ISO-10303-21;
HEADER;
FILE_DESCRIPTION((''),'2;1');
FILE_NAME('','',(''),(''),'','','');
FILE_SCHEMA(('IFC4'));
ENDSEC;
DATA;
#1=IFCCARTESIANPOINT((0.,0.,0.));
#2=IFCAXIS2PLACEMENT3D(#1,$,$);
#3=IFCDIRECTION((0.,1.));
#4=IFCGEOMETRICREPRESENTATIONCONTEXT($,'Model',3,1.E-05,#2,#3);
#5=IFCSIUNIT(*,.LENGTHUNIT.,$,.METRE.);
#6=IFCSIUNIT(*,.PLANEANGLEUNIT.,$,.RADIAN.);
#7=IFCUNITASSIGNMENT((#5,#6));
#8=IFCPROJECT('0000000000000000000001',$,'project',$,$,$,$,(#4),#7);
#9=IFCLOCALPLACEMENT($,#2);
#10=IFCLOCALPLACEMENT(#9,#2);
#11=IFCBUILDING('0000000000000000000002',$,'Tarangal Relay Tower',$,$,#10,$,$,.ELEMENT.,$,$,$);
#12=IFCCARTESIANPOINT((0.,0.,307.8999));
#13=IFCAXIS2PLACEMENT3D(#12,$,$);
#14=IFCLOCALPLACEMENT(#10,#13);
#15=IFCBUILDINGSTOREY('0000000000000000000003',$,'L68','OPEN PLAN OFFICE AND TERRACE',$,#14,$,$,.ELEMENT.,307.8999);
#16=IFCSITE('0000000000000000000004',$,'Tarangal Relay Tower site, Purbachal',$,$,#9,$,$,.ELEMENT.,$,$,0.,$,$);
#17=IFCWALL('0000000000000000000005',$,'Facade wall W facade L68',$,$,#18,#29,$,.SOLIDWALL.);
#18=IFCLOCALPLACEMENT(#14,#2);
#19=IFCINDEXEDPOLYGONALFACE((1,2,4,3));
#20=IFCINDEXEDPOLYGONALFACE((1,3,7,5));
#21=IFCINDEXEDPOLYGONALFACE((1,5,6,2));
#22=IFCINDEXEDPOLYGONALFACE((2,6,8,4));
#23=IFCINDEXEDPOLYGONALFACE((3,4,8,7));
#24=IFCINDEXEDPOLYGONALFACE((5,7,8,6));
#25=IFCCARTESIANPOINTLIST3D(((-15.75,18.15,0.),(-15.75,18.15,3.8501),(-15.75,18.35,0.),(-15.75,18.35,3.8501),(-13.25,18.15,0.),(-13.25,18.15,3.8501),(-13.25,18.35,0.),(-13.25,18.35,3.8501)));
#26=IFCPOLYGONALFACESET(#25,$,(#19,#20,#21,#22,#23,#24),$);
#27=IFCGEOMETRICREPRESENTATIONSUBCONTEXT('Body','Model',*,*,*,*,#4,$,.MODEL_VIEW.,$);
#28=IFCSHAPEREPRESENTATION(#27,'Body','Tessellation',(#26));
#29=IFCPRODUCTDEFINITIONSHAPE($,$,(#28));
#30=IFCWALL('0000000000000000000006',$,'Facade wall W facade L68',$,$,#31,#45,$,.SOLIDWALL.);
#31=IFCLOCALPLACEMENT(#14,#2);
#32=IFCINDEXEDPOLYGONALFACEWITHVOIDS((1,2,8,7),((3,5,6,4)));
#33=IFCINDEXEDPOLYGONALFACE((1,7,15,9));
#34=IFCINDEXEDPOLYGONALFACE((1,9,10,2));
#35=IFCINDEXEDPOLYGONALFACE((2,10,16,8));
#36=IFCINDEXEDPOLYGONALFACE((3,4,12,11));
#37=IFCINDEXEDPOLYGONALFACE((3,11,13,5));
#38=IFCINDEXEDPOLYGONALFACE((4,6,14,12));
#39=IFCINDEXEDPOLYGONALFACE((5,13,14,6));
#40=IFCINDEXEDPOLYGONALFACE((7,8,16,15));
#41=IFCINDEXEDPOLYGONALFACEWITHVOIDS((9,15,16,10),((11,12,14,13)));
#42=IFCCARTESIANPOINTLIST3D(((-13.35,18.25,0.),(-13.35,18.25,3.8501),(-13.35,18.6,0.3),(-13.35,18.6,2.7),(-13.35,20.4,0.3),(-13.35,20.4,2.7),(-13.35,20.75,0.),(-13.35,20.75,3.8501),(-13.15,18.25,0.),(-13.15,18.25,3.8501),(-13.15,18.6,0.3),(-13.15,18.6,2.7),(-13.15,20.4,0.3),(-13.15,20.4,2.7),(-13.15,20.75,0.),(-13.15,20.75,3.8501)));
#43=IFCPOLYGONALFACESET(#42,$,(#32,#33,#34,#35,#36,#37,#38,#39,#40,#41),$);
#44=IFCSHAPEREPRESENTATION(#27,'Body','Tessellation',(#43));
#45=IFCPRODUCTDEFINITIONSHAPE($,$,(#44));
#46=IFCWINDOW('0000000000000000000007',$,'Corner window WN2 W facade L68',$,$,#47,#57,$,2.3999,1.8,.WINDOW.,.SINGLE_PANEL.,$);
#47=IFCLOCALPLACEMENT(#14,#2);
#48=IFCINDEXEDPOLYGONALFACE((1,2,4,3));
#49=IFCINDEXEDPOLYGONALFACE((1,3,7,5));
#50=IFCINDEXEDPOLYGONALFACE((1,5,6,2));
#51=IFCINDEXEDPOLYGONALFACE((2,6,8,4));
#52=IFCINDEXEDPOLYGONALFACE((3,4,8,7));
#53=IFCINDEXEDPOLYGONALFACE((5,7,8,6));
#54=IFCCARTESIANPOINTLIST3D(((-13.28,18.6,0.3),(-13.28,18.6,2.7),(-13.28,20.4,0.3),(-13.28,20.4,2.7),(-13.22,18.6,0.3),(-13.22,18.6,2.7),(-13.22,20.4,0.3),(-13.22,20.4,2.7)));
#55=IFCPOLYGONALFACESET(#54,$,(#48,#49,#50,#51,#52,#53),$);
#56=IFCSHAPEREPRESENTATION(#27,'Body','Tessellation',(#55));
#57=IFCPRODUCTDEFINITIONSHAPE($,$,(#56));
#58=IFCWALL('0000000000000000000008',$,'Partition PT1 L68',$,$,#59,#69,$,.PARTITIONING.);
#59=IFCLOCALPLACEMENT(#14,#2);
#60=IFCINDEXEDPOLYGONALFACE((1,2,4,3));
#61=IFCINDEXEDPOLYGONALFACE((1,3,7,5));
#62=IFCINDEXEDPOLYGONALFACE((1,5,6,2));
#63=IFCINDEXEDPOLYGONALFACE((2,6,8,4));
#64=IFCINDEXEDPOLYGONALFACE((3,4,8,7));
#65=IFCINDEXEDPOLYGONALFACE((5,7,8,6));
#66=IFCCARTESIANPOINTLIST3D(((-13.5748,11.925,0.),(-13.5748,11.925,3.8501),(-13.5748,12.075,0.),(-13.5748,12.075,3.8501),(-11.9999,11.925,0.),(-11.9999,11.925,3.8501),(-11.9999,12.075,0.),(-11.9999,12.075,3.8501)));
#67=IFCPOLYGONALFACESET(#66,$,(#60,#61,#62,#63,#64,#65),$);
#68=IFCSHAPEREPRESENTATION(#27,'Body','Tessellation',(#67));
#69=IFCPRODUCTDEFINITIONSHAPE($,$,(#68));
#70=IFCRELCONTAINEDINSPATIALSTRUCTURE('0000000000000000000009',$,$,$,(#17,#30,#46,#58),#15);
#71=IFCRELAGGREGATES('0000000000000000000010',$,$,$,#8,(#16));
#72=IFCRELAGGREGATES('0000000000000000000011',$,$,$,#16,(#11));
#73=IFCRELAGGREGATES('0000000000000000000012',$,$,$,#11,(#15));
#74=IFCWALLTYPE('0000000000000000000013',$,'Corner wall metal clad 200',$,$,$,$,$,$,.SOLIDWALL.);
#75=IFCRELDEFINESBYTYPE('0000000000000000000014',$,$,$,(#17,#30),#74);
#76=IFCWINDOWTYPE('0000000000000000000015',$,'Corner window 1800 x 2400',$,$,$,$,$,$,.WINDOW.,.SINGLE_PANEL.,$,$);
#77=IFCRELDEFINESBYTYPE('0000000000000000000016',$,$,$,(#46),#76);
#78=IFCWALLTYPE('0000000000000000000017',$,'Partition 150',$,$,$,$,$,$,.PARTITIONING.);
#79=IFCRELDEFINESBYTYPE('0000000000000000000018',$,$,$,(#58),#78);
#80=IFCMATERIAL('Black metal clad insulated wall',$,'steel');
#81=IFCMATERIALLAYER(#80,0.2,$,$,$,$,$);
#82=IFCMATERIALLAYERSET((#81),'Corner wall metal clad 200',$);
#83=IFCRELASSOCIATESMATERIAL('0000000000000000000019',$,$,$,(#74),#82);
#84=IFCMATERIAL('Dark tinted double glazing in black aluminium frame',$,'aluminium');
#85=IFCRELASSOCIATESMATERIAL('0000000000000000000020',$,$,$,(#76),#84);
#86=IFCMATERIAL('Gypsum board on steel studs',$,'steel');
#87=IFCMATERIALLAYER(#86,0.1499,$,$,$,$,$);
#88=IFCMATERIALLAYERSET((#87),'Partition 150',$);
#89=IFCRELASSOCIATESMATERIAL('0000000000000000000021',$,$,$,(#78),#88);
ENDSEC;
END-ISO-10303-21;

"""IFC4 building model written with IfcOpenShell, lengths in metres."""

from ifc_helpers import new_model, si_unit, direction, frame, frame_2d, origin, place, context, subcontext, project, spatial, rectangle, extrude, material, layer, layer_set, type_object, element, fill, save


model = new_model("IFC4")

# Units and contexts
model_context = context("Model", 3, precision=1e-05, world=origin(), true_north=direction((0.0, 1.0)))
body_context = subcontext(model_context, "Body", "Model", "MODEL_VIEW")
ifc_project = project(units=[si_unit("LENGTHUNIT", "METRE"), si_unit("PLANEANGLEUNIT", "RADIAN")], contexts=[model_context])

# Site, building, storey
site_placement = place(None, origin())
site = spatial("IfcSite", under=ifc_project, at=site_placement, Name="Tarangal Relay Tower site, Purbachal", CompositionType="ELEMENT", RefElevation=0.0)
building_placement = place(site_placement, origin())
building = spatial("IfcBuilding", under=site, at=building_placement, Name="Tarangal Relay Tower", CompositionType="ELEMENT")
storey_placement = place(building_placement, frame((0.0, 0.0, 307.8999)))
storey = spatial("IfcBuildingStorey", under=building, at=storey_placement, Name="L68", Description="OPEN PLAN OFFICE AND TERRACE", CompositionType="ELEMENT", Elevation=307.8999)

# Shared definitions
ifc_material_1 = material(Name="Black metal clad insulated wall", Category="steel")
ifc_layer_1 = layer(ifc_material_1, 0.2)
ifc_layer_set_1 = layer_set([ifc_layer_1], Name="Corner wall metal clad 200")
wall_type_1 = type_object("IfcWallType", Name="Corner wall metal clad 200", PredefinedType="SOLIDWALL", material=ifc_layer_set_1)

# Shared definitions
ifc_material_2 = material(Name="Dark tinted double glazing in black aluminium frame", Category="aluminium")
window_type = type_object("IfcWindowType", Name="Corner window 1800 x 2400", PartitioningType="SINGLE_PANEL", PredefinedType="WINDOW", material=ifc_material_2)

# Wall
wall_1_placement = place(storey_placement, frame((-15.75, 18.25, 0.0), z_axis=(0.0, 0.0, 1.0), x_axis=(1.0, 0.0, 0.0)))
element("IfcWall", 1, at=wall_1_placement, inside=storey, type_object=wall_type_1, Name="Facade wall W facade L68", PredefinedType="SOLIDWALL", context=body_context, shape_type="SweptSolid", body=[
    extrude(rectangle(XDim=2.5, YDim=0.2, at=frame_2d((1.25, 0.0))), origin(), (0.0, 0.0, 1.0), 3.8501),
])

# Wall, opening, window
wall_2_placement = place(storey_placement, frame((-13.25, 18.25, 0.0), z_axis=(0.0, 0.0, 1.0), x_axis=(0.0, 1.0, 0.0)))
wall_2 = element("IfcWall", 2, at=wall_2_placement, inside=storey, type_object=wall_type_1, Name="Facade wall W facade L68", PredefinedType="SOLIDWALL", context=body_context, shape_type="SweptSolid", body=[
    extrude(rectangle(XDim=2.5, YDim=0.2, at=frame_2d((1.25, 0.0))), origin(), (0.0, 0.0, 1.0), 3.8501),
])
opening_1_placement = place(wall_2_placement, frame((0.3501, 0.0, 0.3)))
opening_1 = element("IfcOpeningElement", 3, at=opening_1_placement, cuts=wall_2, PredefinedType="OPENING", context=body_context, shape_type="SweptSolid", body=[
    extrude(rectangle(XDim=1.8, YDim=2.3999, at=frame_2d((0.8999, 1.2))), frame((0.0, 0.1099, 0.0), z_axis=(0.0, -1.0, 0.0), x_axis=(1.0, 0.0, 0.0)), (0.0, 0.0, 1.0), 0.22),
])
window_1_placement = place(opening_1_placement, origin())
window_1 = element("IfcWindow", 4, at=window_1_placement, inside=storey, type_object=window_type, Name="Corner window WN2 W facade L68", OverallHeight=2.3999, OverallWidth=1.8, PartitioningType="SINGLE_PANEL", PredefinedType="WINDOW", context=body_context, shape_type="SweptSolid", body=[
    extrude(rectangle(XDim=1.8, YDim=2.3999, at=frame_2d((0.8999, 1.2))), frame((0.0, 0.03, 0.0), z_axis=(0.0, -1.0, 0.0), x_axis=(1.0, 0.0, 0.0)), (0.0, 0.0, 1.0), 0.0601),
])
fill(opening_1, window_1)

# Wall
ifc_material_3 = material(Name="Gypsum board on steel studs", Category="steel")
ifc_layer_2 = layer(ifc_material_3, 0.1499)
ifc_layer_set_2 = layer_set([ifc_layer_2], Name="Partition 150")
wall_type_2 = type_object("IfcWallType", Name="Partition 150", PredefinedType="PARTITIONING", material=ifc_layer_set_2)
wall_3_placement = place(storey_placement, frame((-13.575, 12.0, 0.0), z_axis=(0.0, 0.0, 1.0), x_axis=(1.0, 0.0, 0.0)))
element("IfcWall", 5, at=wall_3_placement, inside=storey, type_object=wall_type_2, Name="Partition PT1 L68", PredefinedType="PARTITIONING", context=body_context, shape_type="SweptSolid", body=[
    extrude(rectangle(XDim=1.575, YDim=0.1499, at=frame_2d((0.7876, 0.0))), origin(), (0.0, 0.0, 1.0), 3.8501),
])

save(model, "model.ifc")
